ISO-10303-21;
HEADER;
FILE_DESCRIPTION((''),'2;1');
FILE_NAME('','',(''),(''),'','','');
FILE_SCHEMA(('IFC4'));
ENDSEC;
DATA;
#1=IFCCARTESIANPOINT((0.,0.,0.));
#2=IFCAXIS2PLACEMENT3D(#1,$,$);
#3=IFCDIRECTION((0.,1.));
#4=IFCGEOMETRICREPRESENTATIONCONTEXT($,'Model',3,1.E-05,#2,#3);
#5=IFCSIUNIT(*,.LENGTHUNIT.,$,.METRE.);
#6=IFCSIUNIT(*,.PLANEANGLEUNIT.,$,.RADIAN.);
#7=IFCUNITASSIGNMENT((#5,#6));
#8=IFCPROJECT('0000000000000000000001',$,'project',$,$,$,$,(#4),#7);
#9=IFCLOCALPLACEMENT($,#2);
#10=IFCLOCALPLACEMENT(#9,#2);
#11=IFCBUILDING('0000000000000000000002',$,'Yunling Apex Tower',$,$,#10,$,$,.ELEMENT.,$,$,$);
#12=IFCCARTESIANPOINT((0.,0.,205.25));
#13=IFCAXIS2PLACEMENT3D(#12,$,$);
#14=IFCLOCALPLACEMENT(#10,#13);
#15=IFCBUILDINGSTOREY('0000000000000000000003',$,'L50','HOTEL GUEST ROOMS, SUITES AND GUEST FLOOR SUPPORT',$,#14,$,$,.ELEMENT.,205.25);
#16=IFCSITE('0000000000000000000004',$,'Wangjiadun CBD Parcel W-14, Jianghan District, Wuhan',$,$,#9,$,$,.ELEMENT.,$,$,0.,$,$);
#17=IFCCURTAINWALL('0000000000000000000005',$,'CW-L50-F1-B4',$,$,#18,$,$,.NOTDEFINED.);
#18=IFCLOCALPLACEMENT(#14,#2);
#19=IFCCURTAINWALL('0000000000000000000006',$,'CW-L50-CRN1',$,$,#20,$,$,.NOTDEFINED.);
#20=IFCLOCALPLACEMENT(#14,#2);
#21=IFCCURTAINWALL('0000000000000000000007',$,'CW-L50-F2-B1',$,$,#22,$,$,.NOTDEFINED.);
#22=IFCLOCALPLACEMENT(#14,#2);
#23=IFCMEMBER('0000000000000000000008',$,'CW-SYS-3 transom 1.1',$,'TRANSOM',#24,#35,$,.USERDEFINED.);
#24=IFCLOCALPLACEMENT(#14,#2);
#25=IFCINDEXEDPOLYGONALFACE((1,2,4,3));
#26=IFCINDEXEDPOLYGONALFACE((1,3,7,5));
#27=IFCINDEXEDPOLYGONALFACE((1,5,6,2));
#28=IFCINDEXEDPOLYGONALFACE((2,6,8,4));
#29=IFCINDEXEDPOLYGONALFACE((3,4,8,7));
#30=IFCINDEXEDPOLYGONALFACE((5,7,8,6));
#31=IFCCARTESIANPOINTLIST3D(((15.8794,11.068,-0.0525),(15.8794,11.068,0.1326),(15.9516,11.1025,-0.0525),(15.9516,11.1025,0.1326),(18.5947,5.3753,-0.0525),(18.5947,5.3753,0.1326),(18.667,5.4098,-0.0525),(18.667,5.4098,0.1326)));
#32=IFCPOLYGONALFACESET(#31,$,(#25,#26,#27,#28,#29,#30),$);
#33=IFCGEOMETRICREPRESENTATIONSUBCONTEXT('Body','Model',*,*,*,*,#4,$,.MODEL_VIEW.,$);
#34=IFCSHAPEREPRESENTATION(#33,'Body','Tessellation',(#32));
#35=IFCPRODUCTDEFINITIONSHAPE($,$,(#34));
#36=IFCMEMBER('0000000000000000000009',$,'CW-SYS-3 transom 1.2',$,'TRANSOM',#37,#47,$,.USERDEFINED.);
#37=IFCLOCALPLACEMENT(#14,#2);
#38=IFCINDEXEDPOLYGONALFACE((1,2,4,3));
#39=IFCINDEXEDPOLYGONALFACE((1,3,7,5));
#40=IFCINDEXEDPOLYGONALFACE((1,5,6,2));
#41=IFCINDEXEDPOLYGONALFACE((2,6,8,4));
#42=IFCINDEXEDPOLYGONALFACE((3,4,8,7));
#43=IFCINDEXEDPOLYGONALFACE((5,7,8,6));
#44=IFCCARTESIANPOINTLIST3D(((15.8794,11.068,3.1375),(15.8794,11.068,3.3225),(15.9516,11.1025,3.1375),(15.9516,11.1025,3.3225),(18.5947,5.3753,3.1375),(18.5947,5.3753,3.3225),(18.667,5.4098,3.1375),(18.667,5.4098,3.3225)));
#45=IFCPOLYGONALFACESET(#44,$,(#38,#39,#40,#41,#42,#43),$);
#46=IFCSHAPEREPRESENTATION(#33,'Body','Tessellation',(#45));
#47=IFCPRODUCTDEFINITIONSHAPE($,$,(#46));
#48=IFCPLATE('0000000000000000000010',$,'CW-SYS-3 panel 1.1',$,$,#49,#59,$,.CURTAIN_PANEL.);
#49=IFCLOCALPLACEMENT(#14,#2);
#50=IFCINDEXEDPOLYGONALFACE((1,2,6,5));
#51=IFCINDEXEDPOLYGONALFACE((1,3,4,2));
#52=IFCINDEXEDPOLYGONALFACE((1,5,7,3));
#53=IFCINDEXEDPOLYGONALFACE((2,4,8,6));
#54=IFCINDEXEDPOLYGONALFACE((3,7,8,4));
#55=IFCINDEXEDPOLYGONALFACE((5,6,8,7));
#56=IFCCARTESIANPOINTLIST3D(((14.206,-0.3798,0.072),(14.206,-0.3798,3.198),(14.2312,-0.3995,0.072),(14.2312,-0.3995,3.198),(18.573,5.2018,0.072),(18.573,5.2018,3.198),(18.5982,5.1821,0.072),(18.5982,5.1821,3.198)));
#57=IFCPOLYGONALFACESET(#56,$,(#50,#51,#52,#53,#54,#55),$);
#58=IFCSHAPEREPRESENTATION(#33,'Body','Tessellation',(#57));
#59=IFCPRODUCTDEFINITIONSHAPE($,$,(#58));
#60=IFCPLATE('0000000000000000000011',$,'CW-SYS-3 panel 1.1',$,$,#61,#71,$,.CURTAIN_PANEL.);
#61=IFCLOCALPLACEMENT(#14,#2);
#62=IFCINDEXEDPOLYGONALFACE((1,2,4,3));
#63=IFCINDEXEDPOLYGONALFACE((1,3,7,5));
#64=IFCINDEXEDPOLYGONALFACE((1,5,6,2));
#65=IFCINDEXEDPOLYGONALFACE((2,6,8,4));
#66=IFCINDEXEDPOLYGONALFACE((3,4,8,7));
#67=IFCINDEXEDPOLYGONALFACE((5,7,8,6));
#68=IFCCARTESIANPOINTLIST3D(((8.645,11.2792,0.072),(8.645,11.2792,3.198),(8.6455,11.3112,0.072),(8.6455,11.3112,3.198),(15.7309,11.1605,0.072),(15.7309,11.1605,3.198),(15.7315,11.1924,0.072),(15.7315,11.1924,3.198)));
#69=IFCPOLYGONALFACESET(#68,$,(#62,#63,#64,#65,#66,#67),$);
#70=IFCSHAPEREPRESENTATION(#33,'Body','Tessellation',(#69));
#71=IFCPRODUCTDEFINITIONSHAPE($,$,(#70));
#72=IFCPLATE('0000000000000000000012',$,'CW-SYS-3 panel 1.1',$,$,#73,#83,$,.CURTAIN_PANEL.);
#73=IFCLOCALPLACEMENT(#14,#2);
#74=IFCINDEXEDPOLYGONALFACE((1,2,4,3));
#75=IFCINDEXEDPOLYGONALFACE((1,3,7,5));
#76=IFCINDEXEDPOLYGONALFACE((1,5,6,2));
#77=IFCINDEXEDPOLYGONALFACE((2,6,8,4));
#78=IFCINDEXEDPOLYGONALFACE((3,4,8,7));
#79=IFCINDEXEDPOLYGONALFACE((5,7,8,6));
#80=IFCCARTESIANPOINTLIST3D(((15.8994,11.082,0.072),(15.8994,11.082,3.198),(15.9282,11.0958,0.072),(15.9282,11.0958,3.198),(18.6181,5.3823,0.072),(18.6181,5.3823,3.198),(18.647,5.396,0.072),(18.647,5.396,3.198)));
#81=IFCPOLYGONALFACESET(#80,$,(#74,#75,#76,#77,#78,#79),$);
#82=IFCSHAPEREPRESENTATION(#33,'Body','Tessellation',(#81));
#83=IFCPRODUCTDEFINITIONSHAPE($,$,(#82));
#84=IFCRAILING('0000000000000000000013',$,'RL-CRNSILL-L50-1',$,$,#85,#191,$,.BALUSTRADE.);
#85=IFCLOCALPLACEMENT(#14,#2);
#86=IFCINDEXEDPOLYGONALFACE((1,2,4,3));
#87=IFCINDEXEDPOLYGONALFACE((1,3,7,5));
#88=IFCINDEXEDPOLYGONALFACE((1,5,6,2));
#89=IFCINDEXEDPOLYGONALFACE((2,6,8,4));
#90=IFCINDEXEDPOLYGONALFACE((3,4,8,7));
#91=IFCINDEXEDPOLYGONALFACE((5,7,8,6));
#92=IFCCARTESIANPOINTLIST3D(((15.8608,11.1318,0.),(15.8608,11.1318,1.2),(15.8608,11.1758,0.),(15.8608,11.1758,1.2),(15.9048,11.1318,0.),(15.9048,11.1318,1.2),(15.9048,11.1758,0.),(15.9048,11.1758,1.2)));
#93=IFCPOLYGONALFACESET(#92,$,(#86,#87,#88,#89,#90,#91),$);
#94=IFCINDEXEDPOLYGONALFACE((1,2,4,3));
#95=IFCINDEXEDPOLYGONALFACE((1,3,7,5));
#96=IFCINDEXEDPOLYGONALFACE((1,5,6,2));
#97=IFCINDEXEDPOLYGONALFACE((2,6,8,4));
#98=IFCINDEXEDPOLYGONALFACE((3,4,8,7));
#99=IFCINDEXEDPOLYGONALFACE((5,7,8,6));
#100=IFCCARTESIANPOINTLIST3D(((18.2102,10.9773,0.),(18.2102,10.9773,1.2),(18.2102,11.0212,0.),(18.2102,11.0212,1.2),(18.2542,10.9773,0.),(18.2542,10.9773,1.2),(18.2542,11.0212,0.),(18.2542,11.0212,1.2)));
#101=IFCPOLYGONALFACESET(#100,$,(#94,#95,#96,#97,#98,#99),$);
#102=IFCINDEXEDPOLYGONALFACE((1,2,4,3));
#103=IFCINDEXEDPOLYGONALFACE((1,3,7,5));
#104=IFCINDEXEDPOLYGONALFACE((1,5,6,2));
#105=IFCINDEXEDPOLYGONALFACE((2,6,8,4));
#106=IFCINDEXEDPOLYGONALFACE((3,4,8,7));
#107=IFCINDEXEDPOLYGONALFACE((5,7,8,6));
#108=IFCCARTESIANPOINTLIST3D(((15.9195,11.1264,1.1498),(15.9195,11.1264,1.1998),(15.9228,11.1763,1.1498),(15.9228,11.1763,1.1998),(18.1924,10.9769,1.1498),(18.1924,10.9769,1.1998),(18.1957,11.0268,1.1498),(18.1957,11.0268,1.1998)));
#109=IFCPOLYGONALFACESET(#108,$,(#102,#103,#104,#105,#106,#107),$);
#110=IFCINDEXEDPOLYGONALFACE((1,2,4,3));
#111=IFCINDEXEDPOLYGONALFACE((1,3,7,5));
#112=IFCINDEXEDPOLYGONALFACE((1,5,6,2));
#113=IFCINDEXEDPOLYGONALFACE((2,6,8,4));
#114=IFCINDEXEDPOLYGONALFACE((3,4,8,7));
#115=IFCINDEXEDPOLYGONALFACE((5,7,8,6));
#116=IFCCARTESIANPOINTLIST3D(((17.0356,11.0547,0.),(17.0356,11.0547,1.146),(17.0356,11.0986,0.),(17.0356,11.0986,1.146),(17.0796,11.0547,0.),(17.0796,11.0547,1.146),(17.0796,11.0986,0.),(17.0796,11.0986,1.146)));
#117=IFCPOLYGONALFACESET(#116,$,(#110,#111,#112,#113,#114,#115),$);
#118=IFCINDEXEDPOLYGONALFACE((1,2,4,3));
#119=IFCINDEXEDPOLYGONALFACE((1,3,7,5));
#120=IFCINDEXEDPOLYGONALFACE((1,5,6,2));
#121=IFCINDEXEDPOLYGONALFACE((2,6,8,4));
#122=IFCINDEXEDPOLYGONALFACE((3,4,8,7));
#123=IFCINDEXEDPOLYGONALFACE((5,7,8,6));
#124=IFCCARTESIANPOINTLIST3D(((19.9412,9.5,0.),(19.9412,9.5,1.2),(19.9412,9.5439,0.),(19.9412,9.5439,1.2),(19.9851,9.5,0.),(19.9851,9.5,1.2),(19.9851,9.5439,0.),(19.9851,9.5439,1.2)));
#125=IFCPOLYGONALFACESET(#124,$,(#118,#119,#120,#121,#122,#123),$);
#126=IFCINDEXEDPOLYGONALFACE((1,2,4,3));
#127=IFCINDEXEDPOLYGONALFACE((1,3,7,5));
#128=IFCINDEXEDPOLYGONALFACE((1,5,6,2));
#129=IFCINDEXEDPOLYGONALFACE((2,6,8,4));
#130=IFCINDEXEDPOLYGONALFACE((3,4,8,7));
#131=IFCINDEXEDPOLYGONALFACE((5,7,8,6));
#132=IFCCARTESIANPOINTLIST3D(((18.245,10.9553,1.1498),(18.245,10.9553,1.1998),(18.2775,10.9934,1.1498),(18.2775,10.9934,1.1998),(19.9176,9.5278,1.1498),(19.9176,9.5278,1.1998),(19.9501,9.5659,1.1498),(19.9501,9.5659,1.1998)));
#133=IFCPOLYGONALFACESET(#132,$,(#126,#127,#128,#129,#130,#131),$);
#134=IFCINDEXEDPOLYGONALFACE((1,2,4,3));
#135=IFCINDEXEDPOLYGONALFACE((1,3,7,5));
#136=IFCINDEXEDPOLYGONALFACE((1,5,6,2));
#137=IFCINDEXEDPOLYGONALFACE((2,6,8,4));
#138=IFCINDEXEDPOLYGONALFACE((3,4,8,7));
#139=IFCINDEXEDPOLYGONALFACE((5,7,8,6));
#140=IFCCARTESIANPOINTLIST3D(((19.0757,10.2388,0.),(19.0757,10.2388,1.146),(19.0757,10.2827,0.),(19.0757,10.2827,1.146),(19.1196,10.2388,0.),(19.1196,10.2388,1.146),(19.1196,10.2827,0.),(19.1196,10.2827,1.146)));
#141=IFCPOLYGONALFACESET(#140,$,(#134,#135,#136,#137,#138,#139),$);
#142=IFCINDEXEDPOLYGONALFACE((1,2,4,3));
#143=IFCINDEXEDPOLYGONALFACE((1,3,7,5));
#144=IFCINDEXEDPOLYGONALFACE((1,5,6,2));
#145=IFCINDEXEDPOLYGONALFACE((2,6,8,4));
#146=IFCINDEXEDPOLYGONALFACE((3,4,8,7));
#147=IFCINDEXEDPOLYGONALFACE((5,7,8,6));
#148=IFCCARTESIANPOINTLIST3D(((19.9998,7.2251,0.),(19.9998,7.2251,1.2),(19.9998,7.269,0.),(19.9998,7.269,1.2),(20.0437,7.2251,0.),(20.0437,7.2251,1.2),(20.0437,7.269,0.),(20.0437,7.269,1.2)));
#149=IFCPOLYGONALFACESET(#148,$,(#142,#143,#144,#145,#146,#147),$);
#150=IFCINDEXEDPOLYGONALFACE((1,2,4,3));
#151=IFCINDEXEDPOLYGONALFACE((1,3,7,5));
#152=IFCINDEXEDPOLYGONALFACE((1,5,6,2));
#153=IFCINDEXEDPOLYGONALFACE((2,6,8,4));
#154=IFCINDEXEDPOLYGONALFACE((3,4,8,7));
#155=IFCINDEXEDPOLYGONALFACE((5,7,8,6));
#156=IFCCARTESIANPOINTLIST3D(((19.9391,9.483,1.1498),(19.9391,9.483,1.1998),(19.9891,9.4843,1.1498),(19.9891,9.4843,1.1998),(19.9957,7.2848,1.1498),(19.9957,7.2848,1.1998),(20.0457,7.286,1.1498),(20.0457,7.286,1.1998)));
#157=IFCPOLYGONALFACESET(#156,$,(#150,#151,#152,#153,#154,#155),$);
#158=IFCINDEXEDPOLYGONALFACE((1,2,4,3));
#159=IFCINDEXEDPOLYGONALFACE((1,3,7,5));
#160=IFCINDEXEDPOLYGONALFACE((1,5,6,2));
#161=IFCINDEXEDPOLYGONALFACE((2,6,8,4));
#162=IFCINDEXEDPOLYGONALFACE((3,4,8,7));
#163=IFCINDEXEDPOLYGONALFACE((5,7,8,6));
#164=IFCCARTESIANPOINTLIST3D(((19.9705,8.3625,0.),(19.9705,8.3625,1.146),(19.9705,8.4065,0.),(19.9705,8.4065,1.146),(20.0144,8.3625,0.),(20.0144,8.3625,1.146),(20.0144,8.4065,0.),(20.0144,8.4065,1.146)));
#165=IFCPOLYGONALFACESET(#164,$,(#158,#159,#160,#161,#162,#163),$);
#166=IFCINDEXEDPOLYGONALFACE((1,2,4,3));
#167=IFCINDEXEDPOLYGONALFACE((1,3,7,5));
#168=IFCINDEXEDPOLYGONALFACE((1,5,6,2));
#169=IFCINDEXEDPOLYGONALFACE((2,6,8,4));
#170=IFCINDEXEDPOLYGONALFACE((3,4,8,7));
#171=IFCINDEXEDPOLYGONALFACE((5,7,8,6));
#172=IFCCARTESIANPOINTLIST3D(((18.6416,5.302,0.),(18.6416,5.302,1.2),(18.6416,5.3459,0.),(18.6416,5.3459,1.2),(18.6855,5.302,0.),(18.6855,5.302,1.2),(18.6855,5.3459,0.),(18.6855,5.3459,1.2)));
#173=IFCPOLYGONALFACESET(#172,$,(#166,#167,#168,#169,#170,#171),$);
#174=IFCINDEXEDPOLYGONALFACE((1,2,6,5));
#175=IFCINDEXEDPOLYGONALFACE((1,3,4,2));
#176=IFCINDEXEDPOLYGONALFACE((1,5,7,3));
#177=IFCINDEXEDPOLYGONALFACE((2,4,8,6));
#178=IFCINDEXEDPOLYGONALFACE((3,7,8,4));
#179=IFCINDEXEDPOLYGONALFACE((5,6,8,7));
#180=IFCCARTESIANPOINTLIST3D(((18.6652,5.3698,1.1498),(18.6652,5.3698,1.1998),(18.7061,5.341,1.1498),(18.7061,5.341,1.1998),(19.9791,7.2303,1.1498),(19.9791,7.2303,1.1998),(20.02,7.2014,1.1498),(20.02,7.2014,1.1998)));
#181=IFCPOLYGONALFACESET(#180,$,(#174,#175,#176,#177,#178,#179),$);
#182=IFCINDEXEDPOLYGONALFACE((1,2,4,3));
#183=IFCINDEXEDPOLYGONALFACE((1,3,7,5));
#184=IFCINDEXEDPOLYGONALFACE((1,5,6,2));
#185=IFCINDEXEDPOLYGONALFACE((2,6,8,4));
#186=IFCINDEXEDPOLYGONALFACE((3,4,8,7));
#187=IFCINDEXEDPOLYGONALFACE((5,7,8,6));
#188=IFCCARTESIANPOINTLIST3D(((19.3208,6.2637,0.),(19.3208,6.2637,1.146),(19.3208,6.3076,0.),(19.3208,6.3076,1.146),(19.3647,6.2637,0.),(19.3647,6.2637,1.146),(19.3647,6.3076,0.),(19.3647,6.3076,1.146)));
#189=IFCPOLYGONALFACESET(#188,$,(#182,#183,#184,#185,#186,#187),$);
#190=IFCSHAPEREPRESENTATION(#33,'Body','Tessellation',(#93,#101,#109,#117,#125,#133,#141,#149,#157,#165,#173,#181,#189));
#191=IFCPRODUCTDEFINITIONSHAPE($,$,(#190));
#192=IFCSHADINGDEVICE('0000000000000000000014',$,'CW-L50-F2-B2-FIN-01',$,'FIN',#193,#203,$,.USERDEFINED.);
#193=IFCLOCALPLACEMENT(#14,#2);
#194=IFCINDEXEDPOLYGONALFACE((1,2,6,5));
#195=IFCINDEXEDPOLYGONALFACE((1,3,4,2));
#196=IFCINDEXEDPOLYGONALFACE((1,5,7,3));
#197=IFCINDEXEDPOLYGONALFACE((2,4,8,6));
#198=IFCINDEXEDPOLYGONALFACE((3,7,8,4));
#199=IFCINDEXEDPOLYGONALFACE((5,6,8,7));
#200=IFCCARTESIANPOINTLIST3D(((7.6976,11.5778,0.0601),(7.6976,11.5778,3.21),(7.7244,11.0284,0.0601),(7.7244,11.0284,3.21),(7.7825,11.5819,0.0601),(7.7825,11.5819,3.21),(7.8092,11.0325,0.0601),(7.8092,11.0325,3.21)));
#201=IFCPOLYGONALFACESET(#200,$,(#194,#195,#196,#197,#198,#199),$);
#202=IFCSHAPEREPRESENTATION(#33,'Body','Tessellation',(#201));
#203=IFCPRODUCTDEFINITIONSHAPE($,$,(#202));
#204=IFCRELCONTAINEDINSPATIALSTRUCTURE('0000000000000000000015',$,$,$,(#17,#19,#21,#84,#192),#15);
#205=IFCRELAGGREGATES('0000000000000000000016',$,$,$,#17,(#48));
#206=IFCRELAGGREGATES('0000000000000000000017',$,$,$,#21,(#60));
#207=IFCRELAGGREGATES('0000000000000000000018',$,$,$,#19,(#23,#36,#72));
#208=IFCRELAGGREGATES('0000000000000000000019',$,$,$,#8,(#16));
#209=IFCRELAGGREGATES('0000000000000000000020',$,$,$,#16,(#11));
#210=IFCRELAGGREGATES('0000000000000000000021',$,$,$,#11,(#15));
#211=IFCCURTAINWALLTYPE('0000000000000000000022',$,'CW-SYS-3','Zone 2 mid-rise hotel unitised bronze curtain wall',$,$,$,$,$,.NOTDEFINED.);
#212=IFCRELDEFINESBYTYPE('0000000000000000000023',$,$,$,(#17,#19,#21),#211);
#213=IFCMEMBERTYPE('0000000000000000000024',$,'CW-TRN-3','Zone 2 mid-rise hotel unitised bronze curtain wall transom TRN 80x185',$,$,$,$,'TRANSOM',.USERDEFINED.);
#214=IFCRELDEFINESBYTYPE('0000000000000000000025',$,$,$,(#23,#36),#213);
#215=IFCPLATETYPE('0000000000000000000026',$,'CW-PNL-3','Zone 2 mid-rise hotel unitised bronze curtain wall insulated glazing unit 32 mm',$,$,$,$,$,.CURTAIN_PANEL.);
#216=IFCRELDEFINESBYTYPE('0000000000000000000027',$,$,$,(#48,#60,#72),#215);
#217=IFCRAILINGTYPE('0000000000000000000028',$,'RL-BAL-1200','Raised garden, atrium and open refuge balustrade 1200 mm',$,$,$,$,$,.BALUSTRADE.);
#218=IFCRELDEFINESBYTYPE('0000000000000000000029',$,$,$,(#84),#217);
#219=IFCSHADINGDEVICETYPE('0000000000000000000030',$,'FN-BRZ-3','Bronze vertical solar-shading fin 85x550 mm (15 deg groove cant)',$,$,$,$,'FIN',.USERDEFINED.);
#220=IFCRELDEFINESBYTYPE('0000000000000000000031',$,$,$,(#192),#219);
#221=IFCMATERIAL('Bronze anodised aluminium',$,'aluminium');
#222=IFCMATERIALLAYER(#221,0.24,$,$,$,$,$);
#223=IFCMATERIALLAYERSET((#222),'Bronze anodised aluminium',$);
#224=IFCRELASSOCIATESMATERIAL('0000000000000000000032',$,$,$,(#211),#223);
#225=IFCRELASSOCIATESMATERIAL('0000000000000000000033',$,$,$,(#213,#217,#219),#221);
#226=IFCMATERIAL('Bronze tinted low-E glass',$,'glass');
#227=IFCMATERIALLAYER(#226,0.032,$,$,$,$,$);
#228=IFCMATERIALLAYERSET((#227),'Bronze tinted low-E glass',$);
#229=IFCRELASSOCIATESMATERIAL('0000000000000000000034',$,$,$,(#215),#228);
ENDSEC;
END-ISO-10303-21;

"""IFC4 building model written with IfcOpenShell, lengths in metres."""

from ifc_helpers import new_model, si_unit, direction, frame, origin, origin_2d, place, context, subcontext, project, spatial, rectangle, extrude, source, transform, mapped, material, layer, layer_set, material_profile, profile_set, type_object, element, aggregate, save


model = new_model("IFC4")

# Units and contexts
model_context = context("Model", 3, precision=1e-05, world=origin(), true_north=direction((0.0, 1.0)))
body_context = subcontext(model_context, "Body", "Model", "MODEL_VIEW")
ifc_project = project(units=[si_unit("LENGTHUNIT", "METRE"), si_unit("PLANEANGLEUNIT", "RADIAN")], contexts=[model_context])

# Site, building, storey
site_placement = place(None, origin())
site = spatial("IfcSite", under=ifc_project, at=site_placement, Name="Wangjiadun CBD Parcel W-14, Jianghan District, Wuhan", CompositionType="ELEMENT", RefElevation=0.0)
building_placement = place(site_placement, origin())
building = spatial("IfcBuilding", under=site, at=building_placement, Name="Yunling Apex Tower", CompositionType="ELEMENT")
storey_placement = place(building_placement, frame((0.0, 0.0, 205.25)))
storey = spatial("IfcBuildingStorey", under=building, at=storey_placement, Name="L50", Description="HOTEL GUEST ROOMS, SUITES AND GUEST FLOOR SUPPORT", CompositionType="ELEMENT", Elevation=205.25)

# Curtain walls
ifc_material_1 = material(Name="Bronze anodised aluminium", Category="aluminium")
ifc_layer_1 = layer(ifc_material_1, 0.24)
ifc_layer_set_1 = layer_set([ifc_layer_1], Name="Bronze anodised aluminium")
curtain_wall_type = type_object("IfcCurtainWallType", Name="CW-SYS-3", Description="Zone 2 mid-rise hotel unitised bronze curtain wall", PredefinedType="NOTDEFINED", material=ifc_layer_set_1)
curtain_wall_1_placement = place(storey_placement, origin())
curtain_wall_1 = element("IfcCurtainWall", 1, at=curtain_wall_1_placement, inside=storey, type_object=curtain_wall_type, Name="CW-L50-F1-B4", PredefinedType="NOTDEFINED")
curtain_wall_2_placement = place(storey_placement, origin())
curtain_wall_2 = element("IfcCurtainWall", 2, at=curtain_wall_2_placement, inside=storey, type_object=curtain_wall_type, Name="CW-L50-CRN1", PredefinedType="NOTDEFINED")
curtain_wall_3_placement = place(storey_placement, origin())
curtain_wall_3 = element("IfcCurtainWall", 3, at=curtain_wall_3_placement, inside=storey, type_object=curtain_wall_type, Name="CW-L50-F2-B1", PredefinedType="NOTDEFINED")
ifc_material_profile_1 = material_profile(ifc_material_1, rectangle(XDim=0.0801, YDim=0.1851, at=origin_2d()))
ifc_profile_set_1 = profile_set([ifc_material_profile_1], Name="Bronze anodised aluminium")
member_type_1 = type_object("IfcMemberType", Name="CW-TRN-3", Description="Zone 2 mid-rise hotel unitised bronze curtain wall transom TRN 80x185", ElementType="TRANSOM", PredefinedType="USERDEFINED", material=ifc_profile_set_1)

# Members
shared_shape_1 = source(origin(), body_context, "Body", "SweptSolid", [
    extrude(rectangle(XDim=0.0801, YDim=0.1851, at=origin_2d()), origin(), (0.0, 0.0, 1.0), 6.3071),
])
member_1_placement = place(storey_placement, frame((18.6309, 5.3926, 0.04), z_axis=(-0.430522, 0.90258, 0.0), x_axis=(-0.90258, -0.430522, 0.0)))
member_1 = element("IfcMember", 4, at=member_1_placement, type_object=member_type_1, Name="CW-SYS-3 transom 1.1", ObjectType="TRANSOM", PredefinedType="USERDEFINED", context=body_context, shape_type="MappedRepresentation", body=[
    mapped(shared_shape_1, transform((0.0, 0.0, 0.0), scale=1.0)),
])
member_2_placement = place(storey_placement, frame((18.6309, 5.3926, 3.23), z_axis=(-0.430522, 0.90258, 0.0), x_axis=(-0.90258, -0.430522, 0.0)))
member_2 = element("IfcMember", 5, at=member_2_placement, type_object=member_type_1, Name="CW-SYS-3 transom 1.2", ObjectType="TRANSOM", PredefinedType="USERDEFINED", context=body_context, shape_type="MappedRepresentation", body=[
    mapped(shared_shape_1, transform((0.0, 0.0, 0.0), scale=1.0)),
])

# Plates
ifc_material_2 = material(Name="Bronze tinted low-E glass", Category="glass")
ifc_layer_2 = layer(ifc_material_2, 0.032)
ifc_layer_set_2 = layer_set([ifc_layer_2], Name="Bronze tinted low-E glass")
plate_type = type_object("IfcPlateType", Name="CW-PNL-3", Description="Zone 2 mid-rise hotel unitised bronze curtain wall insulated glazing unit 32 mm", PredefinedType="CURTAIN_PANEL", material=ifc_layer_set_2)
shared_shape_2 = source(origin(), body_context, "Body", "SweptSolid", [
    extrude(rectangle(XDim=7.0869, YDim=0.032, at=origin_2d()), origin(), (0.0, 0.0, 1.0), 3.126),
])
plate_1_placement = place(storey_placement, frame((16.4021, 2.4011, 0.072), z_axis=(0.0, 0.0, 1.0), x_axis=(0.6162, 0.787589, 0.0)))
plate_1 = element("IfcPlate", 6, at=plate_1_placement, type_object=plate_type, Name="CW-SYS-3 panel 1.1", PredefinedType="CURTAIN_PANEL", context=body_context, shape_type="MappedRepresentation", body=[
    mapped(shared_shape_2, transform((0.0, 0.0, 0.0), scale=1.0)),
])
aggregate(curtain_wall_1, [plate_1])
plate_2_placement = place(storey_placement, frame((12.1882, 11.2358, 0.072), z_axis=(0.0, 0.0, 1.0), x_axis=(-0.99986, 0.016761, 0.0)))
plate_2 = element("IfcPlate", 7, at=plate_2_placement, type_object=plate_type, Name="CW-SYS-3 panel 1.1", PredefinedType="CURTAIN_PANEL", context=body_context, shape_type="MappedRepresentation", body=[
    mapped(shared_shape_2, transform((0.0, 0.0, 0.0), scale=1.0)),
])
aggregate(curtain_wall_3, [plate_2])
shared_shape_3 = source(origin(), body_context, "Body", "SweptSolid", [
    extrude(rectangle(XDim=6.3149, YDim=0.032, at=origin_2d()), origin(), (0.0, 0.0, 1.0), 3.126),
])
plate_3_placement = place(storey_placement, frame((17.2732, 8.239, 0.072), z_axis=(0.0, 0.0, 1.0), x_axis=(-0.430527, 0.902578, 0.0)))
plate_3 = element("IfcPlate", 8, at=plate_3_placement, type_object=plate_type, Name="CW-SYS-3 panel 1.1", PredefinedType="CURTAIN_PANEL", context=body_context, shape_type="MappedRepresentation", body=[
    mapped(shared_shape_3, transform((0.0, 0.0, 0.0), scale=1.0)),
])
aggregate(curtain_wall_2, [member_1, member_2, plate_3])

# Railing
railing_type = type_object("IfcRailingType", Name="RL-BAL-1200", Description="Raised garden, atrium and open refuge balustrade 1200 mm", PredefinedType="BALUSTRADE", material=ifc_material_1)
railing_placement = place(storey_placement, frame((15.8828, 11.1538, 0.0)))
element("IfcRailing", 9, at=railing_placement, inside=storey, type_object=railing_type, Name="RL-CRNSILL-L50-1", PredefinedType="BALUSTRADE", context=body_context, shape_type="SweptSolid", body=[
    extrude(rectangle(XDim=0.0439, YDim=0.0439, at=origin_2d()), origin(), (0.0, 0.0, 1.0), 1.2),
    extrude(rectangle(XDim=0.0439, YDim=0.0439, at=origin_2d()), frame((2.3494, -0.1545, 0.0)), (0.0, 0.0, 1.0), 1.2),
    extrude(rectangle(XDim=0.05, YDim=0.05, at=origin_2d()), frame((0.0383, -0.0024, 1.1748), z_axis=(0.997843, -0.065638, 0.0), x_axis=(0.065638, 0.997843, 0.0)), (0.0, 0.0, 1.0), 2.2778),
    extrude(rectangle(XDim=0.0439, YDim=0.0439, at=origin_2d()), frame((1.1748, -0.0771, 0.0)), (0.0, 0.0, 1.0), 1.146),
    extrude(rectangle(XDim=0.0439, YDim=0.0439, at=origin_2d()), frame((4.0803, -1.6318, 0.0)), (0.0, 0.0, 1.0), 1.2),
    extrude(rectangle(XDim=0.05, YDim=0.05, at=origin_2d()), frame((2.3784, -0.1794, 1.1748), z_axis=(0.760641, -0.649173, 0.0), x_axis=(0.649173, 0.760641, 0.0)), (0.0, 0.0, 1.0), 2.199),
    extrude(rectangle(XDim=0.0439, YDim=0.0439, at=origin_2d()), frame((3.2148, -0.8931, 0.0)), (0.0, 0.0, 1.0), 1.146),
    extrude(rectangle(XDim=0.0439, YDim=0.0439, at=origin_2d()), frame((4.1389, -3.9067, 0.0)), (0.0, 0.0, 1.0), 1.2),
    extrude(rectangle(XDim=0.05, YDim=0.05, at=origin_2d()), frame((4.0813, -1.6702, 1.1748), z_axis=(0.025748, -0.999668, 0.0), x_axis=(0.999668, 0.025748, 0.0)), (0.0, 0.0, 1.0), 2.199),
    extrude(rectangle(XDim=0.0439, YDim=0.0439, at=origin_2d()), frame((4.1096, -2.7693, 0.0)), (0.0, 0.0, 1.0), 1.146),
    extrude(rectangle(XDim=0.0439, YDim=0.0439, at=origin_2d()), frame((2.7808, -5.8298, 0.0)), (0.0, 0.0, 1.0), 1.2),
    extrude(rectangle(XDim=0.05, YDim=0.05, at=origin_2d()), frame((4.1167, -3.938, 1.1748), z_axis=(-0.576875, -0.816833, 0.0), x_axis=(0.816833, -0.576875, 0.0)), (0.0, 0.0, 1.0), 2.2776),
    extrude(rectangle(XDim=0.0439, YDim=0.0439, at=origin_2d()), frame((3.46, -4.8682, 0.0)), (0.0, 0.0, 1.0), 1.146),
])

# Shading device
ifc_material_profile_2 = material_profile(ifc_material_1, rectangle(XDim=0.085, YDim=0.55, at=origin_2d()))
ifc_profile_set_2 = profile_set([ifc_material_profile_2], Name="Bronze anodised aluminium")
shading_device_type = type_object("IfcShadingDeviceType", Name="FN-BRZ-3", Description="Bronze vertical solar-shading fin 85x550 mm (15 deg groove cant)", ElementType="FIN", PredefinedType="USERDEFINED", material=ifc_profile_set_2)
shared_shape_4 = source(origin(), body_context, "Body", "SweptSolid", [
    extrude(rectangle(XDim=0.085, YDim=0.55, at=origin_2d()), origin(), (0.0, 0.0, 1.0), 3.1499),
])
shading_device_placement = place(storey_placement, frame((7.7534, 11.3052, 0.0601), z_axis=(0.0, 0.0, 1.0), x_axis=(-0.998815, -0.048675, 0.0)))
element("IfcShadingDevice", 10, at=shading_device_placement, inside=storey, type_object=shading_device_type, Name="CW-L50-F2-B2-FIN-01", ObjectType="FIN", PredefinedType="USERDEFINED", context=body_context, shape_type="MappedRepresentation", body=[
    mapped(shared_shape_4, transform((0.0, 0.0, 0.0), scale=1.0)),
])

save(model, "model.ifc")
